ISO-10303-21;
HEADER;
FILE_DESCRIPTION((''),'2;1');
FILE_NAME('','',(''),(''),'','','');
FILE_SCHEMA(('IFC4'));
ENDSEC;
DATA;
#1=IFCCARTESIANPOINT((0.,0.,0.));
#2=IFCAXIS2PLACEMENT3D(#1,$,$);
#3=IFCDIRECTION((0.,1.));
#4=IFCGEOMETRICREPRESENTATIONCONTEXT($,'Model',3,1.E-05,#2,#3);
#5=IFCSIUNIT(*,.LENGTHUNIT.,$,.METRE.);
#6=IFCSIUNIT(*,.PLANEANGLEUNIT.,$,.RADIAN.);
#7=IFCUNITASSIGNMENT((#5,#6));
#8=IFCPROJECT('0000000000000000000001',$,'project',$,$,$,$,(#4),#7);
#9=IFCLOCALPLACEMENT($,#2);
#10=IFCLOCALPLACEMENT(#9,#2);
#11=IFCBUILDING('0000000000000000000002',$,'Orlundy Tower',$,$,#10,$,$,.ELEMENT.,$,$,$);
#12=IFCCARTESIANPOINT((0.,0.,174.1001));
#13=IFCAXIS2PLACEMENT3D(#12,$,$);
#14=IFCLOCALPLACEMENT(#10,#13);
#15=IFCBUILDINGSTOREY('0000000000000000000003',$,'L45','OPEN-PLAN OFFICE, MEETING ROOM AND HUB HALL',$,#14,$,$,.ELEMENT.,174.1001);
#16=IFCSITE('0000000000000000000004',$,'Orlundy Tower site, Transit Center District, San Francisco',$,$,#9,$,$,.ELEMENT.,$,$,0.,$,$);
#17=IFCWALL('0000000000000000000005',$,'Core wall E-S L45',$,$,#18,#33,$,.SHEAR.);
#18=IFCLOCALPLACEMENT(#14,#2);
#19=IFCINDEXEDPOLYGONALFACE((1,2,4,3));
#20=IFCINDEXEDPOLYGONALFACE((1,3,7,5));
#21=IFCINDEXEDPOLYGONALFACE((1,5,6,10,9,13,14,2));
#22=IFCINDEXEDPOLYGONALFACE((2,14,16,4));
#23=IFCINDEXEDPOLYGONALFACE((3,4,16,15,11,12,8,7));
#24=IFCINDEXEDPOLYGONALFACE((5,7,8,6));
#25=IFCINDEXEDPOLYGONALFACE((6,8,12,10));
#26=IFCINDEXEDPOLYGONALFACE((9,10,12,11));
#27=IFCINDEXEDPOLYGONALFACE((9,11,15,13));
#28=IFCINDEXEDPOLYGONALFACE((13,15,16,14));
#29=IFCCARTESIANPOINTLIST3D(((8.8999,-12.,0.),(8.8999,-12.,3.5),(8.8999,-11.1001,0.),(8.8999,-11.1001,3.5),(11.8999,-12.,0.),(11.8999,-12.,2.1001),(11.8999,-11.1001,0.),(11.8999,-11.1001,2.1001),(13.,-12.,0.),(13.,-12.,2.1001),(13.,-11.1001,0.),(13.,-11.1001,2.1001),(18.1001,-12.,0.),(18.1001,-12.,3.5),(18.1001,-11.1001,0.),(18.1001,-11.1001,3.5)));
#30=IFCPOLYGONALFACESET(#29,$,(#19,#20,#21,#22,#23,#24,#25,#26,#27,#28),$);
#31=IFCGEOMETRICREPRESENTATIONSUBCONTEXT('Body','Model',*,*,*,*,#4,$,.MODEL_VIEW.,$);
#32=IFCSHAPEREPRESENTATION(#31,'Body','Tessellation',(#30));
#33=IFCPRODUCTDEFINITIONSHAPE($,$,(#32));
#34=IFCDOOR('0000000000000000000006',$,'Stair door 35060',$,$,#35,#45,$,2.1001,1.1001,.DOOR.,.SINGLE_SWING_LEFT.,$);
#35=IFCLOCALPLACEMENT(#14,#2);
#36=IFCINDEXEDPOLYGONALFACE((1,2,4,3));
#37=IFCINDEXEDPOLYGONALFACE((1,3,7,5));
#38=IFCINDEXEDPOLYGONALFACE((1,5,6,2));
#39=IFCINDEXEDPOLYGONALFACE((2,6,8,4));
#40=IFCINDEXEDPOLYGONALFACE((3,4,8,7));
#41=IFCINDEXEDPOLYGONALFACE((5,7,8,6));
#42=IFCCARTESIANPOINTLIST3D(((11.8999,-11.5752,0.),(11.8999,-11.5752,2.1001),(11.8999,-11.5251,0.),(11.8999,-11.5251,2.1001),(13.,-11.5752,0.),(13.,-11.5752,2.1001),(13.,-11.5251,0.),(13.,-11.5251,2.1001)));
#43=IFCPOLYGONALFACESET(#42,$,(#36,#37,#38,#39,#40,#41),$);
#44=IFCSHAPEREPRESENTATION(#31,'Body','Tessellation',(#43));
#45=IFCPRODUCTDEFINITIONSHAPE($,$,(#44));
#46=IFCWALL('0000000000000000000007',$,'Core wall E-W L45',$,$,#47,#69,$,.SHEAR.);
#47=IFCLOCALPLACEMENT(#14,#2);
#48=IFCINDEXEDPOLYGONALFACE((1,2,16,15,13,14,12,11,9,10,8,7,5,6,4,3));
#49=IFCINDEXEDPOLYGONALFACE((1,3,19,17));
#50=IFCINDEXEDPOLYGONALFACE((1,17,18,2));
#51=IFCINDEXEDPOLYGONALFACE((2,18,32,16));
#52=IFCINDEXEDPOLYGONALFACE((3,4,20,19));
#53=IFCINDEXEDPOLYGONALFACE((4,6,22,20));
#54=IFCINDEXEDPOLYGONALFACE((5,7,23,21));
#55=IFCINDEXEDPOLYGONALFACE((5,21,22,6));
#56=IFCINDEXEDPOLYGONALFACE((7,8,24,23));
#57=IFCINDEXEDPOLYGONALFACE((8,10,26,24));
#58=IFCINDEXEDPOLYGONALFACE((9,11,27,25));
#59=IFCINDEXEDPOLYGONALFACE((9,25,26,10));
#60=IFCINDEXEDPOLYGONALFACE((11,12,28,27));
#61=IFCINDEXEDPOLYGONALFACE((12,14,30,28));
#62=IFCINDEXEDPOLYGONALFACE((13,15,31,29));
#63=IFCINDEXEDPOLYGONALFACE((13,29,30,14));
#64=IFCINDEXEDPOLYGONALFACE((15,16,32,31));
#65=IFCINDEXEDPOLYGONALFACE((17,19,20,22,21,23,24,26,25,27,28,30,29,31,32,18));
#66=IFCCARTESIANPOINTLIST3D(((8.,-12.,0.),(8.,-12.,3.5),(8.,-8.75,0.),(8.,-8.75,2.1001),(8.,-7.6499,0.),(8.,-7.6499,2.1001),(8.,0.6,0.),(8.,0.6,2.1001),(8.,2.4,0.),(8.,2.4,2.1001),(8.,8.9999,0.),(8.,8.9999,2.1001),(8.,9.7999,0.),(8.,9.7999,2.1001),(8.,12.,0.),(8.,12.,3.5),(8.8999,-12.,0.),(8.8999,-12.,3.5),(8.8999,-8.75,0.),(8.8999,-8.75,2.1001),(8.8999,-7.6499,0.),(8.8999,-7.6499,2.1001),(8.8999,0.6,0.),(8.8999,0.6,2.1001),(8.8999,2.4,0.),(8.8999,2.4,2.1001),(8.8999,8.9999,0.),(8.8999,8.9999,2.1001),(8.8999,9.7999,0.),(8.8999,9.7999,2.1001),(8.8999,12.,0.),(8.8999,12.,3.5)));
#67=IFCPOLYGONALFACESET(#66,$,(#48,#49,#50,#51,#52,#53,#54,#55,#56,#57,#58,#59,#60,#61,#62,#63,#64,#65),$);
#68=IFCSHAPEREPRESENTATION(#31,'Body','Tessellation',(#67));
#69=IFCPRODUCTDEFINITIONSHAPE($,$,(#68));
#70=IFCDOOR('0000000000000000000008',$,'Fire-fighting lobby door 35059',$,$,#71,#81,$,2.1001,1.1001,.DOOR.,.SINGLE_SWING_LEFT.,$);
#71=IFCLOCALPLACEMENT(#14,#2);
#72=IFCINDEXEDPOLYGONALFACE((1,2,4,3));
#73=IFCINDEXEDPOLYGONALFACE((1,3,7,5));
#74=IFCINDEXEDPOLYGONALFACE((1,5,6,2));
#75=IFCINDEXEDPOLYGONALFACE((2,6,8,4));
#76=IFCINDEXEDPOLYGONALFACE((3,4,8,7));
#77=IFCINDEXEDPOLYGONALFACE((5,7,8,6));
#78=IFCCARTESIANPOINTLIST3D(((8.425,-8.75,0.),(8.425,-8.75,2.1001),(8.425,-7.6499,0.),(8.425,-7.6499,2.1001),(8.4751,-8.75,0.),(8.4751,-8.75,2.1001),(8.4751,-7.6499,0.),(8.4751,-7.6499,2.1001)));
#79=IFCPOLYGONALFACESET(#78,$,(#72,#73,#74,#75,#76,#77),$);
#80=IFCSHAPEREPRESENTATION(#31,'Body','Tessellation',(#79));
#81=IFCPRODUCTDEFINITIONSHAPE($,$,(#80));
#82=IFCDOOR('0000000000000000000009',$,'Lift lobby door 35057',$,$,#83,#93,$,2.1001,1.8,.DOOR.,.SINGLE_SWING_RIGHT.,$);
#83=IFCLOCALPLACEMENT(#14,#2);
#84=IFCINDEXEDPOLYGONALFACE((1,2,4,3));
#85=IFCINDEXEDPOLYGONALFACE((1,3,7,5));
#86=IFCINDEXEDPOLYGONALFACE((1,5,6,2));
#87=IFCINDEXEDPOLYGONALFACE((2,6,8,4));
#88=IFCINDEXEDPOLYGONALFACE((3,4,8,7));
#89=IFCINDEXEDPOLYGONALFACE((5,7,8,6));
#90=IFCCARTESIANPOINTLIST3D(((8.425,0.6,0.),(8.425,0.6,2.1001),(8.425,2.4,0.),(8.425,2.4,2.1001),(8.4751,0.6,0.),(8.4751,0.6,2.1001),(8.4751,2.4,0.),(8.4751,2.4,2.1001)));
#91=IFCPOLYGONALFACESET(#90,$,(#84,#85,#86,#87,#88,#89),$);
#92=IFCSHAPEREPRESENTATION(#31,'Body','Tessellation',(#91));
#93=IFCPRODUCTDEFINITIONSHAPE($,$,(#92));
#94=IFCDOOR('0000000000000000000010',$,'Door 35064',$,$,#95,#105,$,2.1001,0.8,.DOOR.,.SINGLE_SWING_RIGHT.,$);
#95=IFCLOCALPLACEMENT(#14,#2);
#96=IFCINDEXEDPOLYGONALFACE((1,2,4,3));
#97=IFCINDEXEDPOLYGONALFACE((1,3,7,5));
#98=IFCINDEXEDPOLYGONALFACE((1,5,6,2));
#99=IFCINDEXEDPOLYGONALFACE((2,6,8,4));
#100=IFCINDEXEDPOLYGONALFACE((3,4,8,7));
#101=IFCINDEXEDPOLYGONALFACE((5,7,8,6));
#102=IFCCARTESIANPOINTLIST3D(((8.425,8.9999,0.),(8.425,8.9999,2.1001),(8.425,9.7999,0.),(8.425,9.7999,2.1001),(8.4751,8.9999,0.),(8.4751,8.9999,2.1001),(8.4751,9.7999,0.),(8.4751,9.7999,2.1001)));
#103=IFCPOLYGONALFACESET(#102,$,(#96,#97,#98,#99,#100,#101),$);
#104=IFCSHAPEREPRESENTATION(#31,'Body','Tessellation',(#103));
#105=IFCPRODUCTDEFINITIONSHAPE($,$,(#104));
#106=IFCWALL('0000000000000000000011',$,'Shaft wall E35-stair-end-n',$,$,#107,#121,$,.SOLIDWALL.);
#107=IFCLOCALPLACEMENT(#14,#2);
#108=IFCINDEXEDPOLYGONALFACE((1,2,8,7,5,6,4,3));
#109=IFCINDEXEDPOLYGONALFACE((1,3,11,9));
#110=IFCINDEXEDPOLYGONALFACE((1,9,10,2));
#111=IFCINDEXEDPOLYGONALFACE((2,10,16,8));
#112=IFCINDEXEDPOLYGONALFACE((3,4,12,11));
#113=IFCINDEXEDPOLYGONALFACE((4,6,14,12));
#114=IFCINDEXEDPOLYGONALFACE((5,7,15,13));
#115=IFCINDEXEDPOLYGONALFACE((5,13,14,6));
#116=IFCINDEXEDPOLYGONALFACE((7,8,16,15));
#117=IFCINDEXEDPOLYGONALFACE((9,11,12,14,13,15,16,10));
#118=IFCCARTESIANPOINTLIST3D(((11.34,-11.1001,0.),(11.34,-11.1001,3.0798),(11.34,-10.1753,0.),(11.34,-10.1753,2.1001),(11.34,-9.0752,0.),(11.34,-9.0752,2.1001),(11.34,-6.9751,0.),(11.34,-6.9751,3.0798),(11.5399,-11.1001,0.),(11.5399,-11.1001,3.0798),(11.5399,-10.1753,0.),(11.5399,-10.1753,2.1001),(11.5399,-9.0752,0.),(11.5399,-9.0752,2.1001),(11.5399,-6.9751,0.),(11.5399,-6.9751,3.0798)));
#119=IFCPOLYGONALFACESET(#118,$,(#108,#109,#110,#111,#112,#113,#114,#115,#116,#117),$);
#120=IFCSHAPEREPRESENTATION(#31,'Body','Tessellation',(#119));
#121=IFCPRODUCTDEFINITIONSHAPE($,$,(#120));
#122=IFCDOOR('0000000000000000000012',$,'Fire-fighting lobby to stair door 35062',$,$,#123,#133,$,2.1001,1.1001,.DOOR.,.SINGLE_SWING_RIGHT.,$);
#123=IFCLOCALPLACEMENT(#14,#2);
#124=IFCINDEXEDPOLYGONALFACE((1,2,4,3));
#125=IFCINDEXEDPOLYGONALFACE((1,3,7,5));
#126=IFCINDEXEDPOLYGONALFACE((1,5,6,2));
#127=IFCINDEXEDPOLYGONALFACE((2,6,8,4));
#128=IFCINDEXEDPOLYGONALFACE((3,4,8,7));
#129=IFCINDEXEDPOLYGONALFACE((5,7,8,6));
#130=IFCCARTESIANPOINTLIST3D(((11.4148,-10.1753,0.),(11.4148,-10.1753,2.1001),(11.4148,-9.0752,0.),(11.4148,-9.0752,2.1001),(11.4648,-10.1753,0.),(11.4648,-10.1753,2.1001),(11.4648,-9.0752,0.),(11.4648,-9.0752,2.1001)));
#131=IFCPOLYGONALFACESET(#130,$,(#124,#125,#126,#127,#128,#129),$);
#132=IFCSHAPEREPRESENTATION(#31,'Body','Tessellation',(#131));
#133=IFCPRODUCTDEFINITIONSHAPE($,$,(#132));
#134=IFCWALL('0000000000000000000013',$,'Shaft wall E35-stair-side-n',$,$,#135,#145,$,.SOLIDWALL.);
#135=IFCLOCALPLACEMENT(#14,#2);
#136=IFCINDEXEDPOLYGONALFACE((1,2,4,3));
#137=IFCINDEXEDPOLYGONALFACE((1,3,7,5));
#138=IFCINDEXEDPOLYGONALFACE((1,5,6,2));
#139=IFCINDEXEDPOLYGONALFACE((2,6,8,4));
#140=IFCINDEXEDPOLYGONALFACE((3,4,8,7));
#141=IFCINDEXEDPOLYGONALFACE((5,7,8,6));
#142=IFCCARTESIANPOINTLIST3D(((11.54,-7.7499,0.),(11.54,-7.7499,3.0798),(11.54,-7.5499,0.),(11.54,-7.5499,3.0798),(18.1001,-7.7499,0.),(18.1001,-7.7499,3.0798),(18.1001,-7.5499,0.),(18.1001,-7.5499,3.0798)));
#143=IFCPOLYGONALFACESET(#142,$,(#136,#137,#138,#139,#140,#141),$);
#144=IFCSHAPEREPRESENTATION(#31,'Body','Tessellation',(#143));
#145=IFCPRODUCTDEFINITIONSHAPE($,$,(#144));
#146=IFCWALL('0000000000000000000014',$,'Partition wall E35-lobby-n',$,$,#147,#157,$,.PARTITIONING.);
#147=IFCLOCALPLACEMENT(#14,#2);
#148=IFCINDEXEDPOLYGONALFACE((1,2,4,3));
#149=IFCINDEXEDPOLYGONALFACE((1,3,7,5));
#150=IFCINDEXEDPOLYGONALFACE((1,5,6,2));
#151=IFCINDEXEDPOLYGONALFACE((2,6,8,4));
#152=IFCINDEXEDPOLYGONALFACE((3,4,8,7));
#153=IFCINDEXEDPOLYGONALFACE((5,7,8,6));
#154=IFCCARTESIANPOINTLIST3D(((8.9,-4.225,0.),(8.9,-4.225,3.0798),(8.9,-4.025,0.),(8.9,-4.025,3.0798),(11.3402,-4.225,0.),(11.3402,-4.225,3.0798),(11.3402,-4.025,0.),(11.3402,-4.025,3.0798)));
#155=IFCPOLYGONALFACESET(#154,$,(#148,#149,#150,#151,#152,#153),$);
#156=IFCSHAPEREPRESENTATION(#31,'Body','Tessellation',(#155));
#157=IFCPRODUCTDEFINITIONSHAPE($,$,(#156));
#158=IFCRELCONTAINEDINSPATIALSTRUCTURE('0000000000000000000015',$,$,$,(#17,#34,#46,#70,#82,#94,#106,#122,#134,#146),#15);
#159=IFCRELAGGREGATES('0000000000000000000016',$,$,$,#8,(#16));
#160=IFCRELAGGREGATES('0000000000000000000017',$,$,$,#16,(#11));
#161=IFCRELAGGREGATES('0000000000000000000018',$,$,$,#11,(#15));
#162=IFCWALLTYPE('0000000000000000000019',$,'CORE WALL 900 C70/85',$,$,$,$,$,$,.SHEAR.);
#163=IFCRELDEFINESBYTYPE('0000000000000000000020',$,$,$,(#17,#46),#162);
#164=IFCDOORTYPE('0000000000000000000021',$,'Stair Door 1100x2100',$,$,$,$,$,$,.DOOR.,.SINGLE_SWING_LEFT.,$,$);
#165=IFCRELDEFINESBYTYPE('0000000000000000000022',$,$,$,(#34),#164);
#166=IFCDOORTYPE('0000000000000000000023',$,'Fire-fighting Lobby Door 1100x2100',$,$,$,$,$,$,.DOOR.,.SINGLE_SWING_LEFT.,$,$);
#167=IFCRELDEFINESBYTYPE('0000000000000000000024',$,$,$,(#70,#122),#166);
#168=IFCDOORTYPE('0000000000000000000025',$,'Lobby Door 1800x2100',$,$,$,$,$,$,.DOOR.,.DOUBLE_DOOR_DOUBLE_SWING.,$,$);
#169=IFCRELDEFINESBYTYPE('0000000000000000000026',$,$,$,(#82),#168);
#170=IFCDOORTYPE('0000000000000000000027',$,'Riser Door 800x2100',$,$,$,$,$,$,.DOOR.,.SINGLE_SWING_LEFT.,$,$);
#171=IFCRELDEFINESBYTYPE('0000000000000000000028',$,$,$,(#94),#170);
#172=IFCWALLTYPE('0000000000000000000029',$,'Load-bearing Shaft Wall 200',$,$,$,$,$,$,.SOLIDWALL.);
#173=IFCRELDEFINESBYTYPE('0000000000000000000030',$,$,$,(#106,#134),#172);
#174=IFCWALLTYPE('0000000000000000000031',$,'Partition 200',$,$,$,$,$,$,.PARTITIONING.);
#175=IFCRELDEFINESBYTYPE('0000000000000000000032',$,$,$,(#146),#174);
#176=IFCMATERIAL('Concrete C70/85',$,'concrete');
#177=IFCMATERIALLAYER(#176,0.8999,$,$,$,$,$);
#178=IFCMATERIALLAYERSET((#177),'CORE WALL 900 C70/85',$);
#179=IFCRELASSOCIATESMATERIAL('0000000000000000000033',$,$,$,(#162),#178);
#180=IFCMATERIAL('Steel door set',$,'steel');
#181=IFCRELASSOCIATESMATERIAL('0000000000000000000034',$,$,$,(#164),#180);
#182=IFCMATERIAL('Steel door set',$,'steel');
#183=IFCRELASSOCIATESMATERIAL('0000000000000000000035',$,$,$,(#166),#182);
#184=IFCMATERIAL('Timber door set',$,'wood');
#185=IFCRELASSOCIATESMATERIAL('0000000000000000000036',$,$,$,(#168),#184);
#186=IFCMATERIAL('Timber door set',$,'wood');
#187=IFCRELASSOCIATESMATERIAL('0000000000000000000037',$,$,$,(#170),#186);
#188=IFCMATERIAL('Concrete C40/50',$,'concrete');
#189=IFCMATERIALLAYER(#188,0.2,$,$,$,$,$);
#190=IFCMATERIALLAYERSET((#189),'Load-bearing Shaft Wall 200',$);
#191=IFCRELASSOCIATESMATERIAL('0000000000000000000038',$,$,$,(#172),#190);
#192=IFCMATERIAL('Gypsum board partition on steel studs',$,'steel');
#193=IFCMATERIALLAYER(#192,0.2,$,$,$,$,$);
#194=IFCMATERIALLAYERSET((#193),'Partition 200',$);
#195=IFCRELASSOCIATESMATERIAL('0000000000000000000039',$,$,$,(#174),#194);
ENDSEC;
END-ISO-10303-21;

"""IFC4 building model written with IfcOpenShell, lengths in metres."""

from ifc_helpers import new_model, si_unit, direction, frame, frame_2d, origin, place, context, subcontext, project, spatial, rectangle, extrude, material, layer, layer_set, type_object, element, fill, save


model = new_model("IFC4")

# Units and contexts
model_context = context("Model", 3, precision=1e-05, world=origin(), true_north=direction((0.0, 1.0)))
body_context = subcontext(model_context, "Body", "Model", "MODEL_VIEW")
ifc_project = project(units=[si_unit("LENGTHUNIT", "METRE"), si_unit("PLANEANGLEUNIT", "RADIAN")], contexts=[model_context])

# Site, building, storey
site_placement = place(None, origin())
site = spatial("IfcSite", under=ifc_project, at=site_placement, Name="Orlundy Tower site, Transit Center District, San Francisco", CompositionType="ELEMENT", RefElevation=0.0)
building_placement = place(site_placement, origin())
building = spatial("IfcBuilding", under=site, at=building_placement, Name="Orlundy Tower", CompositionType="ELEMENT")
storey_placement = place(building_placement, frame((0.0, 0.0, 174.1001)))
storey = spatial("IfcBuildingStorey", under=building, at=storey_placement, Name="L45", Description="OPEN-PLAN OFFICE, MEETING ROOM AND HUB HALL", CompositionType="ELEMENT", Elevation=174.1001)

# Wall, opening, door
ifc_material_1 = material(Name="Concrete C70/85", Category="concrete")
ifc_layer_1 = layer(ifc_material_1, 0.8999)
ifc_layer_set_1 = layer_set([ifc_layer_1], Name="CORE WALL 900 C70/85")
wall_type_1 = type_object("IfcWallType", Name="CORE WALL 900 C70/85", PredefinedType="SHEAR", material=ifc_layer_set_1)
wall_1_placement = place(storey_placement, frame((8.8999, -11.55, 0.0), z_axis=(0.0, 0.0, 1.0), x_axis=(1.0, 0.0, 0.0)))
wall_1 = element("IfcWall", 1, at=wall_1_placement, inside=storey, type_object=wall_type_1, Name="Core wall E-S L45", PredefinedType="SHEAR", context=body_context, shape_type="SweptSolid", body=[
    extrude(rectangle(XDim=9.2002, YDim=0.8999, at=frame_2d((4.6001, 0.0))), origin(), (0.0, 0.0, 1.0), 3.5),
])
opening_1_placement = place(wall_1_placement, frame((3.0, 0.0, 0.0)))
opening_1 = element("IfcOpeningElement", 2, at=opening_1_placement, cuts=wall_1, PredefinedType="OPENING", context=body_context, shape_type="SweptSolid", body=[
    extrude(rectangle(XDim=1.1001, YDim=2.1001, at=frame_2d((0.55, 1.05))), frame((0.0, 0.46, 0.0), z_axis=(0.0, -1.0, 0.0), x_axis=(1.0, 0.0, 0.0)), (0.0, 0.0, 1.0), 0.9199),
])
ifc_material_2 = material(Name="Steel door set", Category="steel")
door_type_1 = type_object("IfcDoorType", Name="Stair Door 1100x2100", OperationType="SINGLE_SWING_LEFT", PredefinedType="DOOR", material=ifc_material_2)
door_1_placement = place(opening_1_placement, origin())
door_1 = element("IfcDoor", 3, at=door_1_placement, inside=storey, type_object=door_type_1, Name="Stair door 35060", OperationType="SINGLE_SWING_LEFT", OverallHeight=2.1001, OverallWidth=1.1001, PredefinedType="DOOR", context=body_context, shape_type="SweptSolid", body=[
    extrude(rectangle(XDim=1.1001, YDim=2.1001, at=frame_2d((0.55, 1.05))), frame((0.0, 0.0249, 0.0), z_axis=(0.0, -1.0, 0.0), x_axis=(1.0, 0.0, 0.0)), (0.0, 0.0, 1.0), 0.05),
])
fill(opening_1, door_1)

# Wall, openings, doors
wall_2_placement = place(storey_placement, frame((8.45, -12.0, 0.0), z_axis=(0.0, 0.0, 1.0), x_axis=(0.0, 1.0, 0.0)))
wall_2 = element("IfcWall", 4, at=wall_2_placement, inside=storey, type_object=wall_type_1, Name="Core wall E-W L45", PredefinedType="SHEAR", context=body_context, shape_type="SweptSolid", body=[
    extrude(rectangle(XDim=24.0, YDim=0.8999, at=frame_2d((12.0, 0.0))), origin(), (0.0, 0.0, 1.0), 3.5),
])
opening_2_placement = place(wall_2_placement, frame((12.6001, 0.0, 0.0)))
opening_2 = element("IfcOpeningElement", 5, at=opening_2_placement, cuts=wall_2, PredefinedType="OPENING", context=body_context, shape_type="SweptSolid", body=[
    extrude(rectangle(XDim=1.8, YDim=2.1001, at=frame_2d((0.8999, 1.05))), frame((0.0, 0.46, 0.0), z_axis=(0.0, -1.0, 0.0), x_axis=(1.0, 0.0, 0.0)), (0.0, 0.0, 1.0), 0.9199),
])
opening_3_placement = place(wall_2_placement, frame((3.25, 0.0, 0.0)))
opening_3 = element("IfcOpeningElement", 6, at=opening_3_placement, cuts=wall_2, PredefinedType="OPENING", context=body_context, shape_type="SweptSolid", body=[
    extrude(rectangle(XDim=1.1001, YDim=2.1001, at=frame_2d((0.55, 1.05))), frame((0.0, 0.46, 0.0), z_axis=(0.0, -1.0, 0.0), x_axis=(1.0, 0.0, 0.0)), (0.0, 0.0, 1.0), 0.9199),
])
opening_4_placement = place(wall_2_placement, frame((21.0, 0.0, 0.0)))
opening_4 = element("IfcOpeningElement", 7, at=opening_4_placement, cuts=wall_2, PredefinedType="OPENING", context=body_context, shape_type="SweptSolid", body=[
    extrude(rectangle(XDim=0.8, YDim=2.1001, at=frame_2d((0.3999, 1.05))), frame((0.0, 0.46, 0.0), z_axis=(0.0, -1.0, 0.0), x_axis=(1.0, 0.0, 0.0)), (0.0, 0.0, 1.0), 0.9199),
])
ifc_material_3 = material(Name="Steel door set", Category="steel")
door_type_2 = type_object("IfcDoorType", Name="Fire-fighting Lobby Door 1100x2100", OperationType="SINGLE_SWING_LEFT", PredefinedType="DOOR", material=ifc_material_3)
door_2_placement = place(opening_3_placement, origin())
door_2 = element("IfcDoor", 8, at=door_2_placement, inside=storey, type_object=door_type_2, Name="Fire-fighting lobby door 35059", OperationType="SINGLE_SWING_LEFT", OverallHeight=2.1001, OverallWidth=1.1001, PredefinedType="DOOR", context=body_context, shape_type="SweptSolid", body=[
    extrude(rectangle(XDim=1.1001, YDim=2.1001, at=frame_2d((0.55, 1.05))), frame((0.0, 0.0249, 0.0), z_axis=(0.0, -1.0, 0.0), x_axis=(1.0, 0.0, 0.0)), (0.0, 0.0, 1.0), 0.05),
])
fill(opening_3, door_2)
ifc_material_4 = material(Name="Timber door set", Category="wood")
door_type_3 = type_object("IfcDoorType", Name="Lobby Door 1800x2100", OperationType="DOUBLE_DOOR_DOUBLE_SWING", PredefinedType="DOOR", material=ifc_material_4)
door_3_placement = place(opening_2_placement, origin())
door_3 = element("IfcDoor", 9, at=door_3_placement, inside=storey, type_object=door_type_3, Name="Lift lobby door 35057", OperationType="SINGLE_SWING_RIGHT", OverallHeight=2.1001, OverallWidth=1.8, PredefinedType="DOOR", context=body_context, shape_type="SweptSolid", body=[
    extrude(rectangle(XDim=1.8, YDim=2.1001, at=frame_2d((0.8999, 1.05))), frame((0.0, 0.0249, 0.0), z_axis=(0.0, -1.0, 0.0), x_axis=(1.0, 0.0, 0.0)), (0.0, 0.0, 1.0), 0.05),
])
fill(opening_2, door_3)
ifc_material_5 = material(Name="Timber door set", Category="wood")
door_type_4 = type_object("IfcDoorType", Name="Riser Door 800x2100", OperationType="SINGLE_SWING_LEFT", PredefinedType="DOOR", material=ifc_material_5)
door_4_placement = place(opening_4_placement, origin())
door_4 = element("IfcDoor", 10, at=door_4_placement, inside=storey, type_object=door_type_4, Name="Door 35064", OperationType="SINGLE_SWING_RIGHT", OverallHeight=2.1001, OverallWidth=0.8, PredefinedType="DOOR", context=body_context, shape_type="SweptSolid", body=[
    extrude(rectangle(XDim=0.8, YDim=2.1001, at=frame_2d((0.3999, 1.05))), frame((0.0, 0.0249, 0.0), z_axis=(0.0, -1.0, 0.0), x_axis=(1.0, 0.0, 0.0)), (0.0, 0.0, 1.0), 0.05),
])
fill(opening_4, door_4)

# Wall, opening, door
ifc_material_6 = material(Name="Concrete C40/50", Category="concrete")
ifc_layer_2 = layer(ifc_material_6, 0.2)
ifc_layer_set_2 = layer_set([ifc_layer_2], Name="Load-bearing Shaft Wall 200")
wall_type_2 = type_object("IfcWallType", Name="Load-bearing Shaft Wall 200", PredefinedType="SOLIDWALL", material=ifc_layer_set_2)
wall_3_placement = place(storey_placement, frame((11.4399, -6.9751, 0.0), z_axis=(0.0, 0.0, 1.0), x_axis=(0.0, -1.0, 0.0)))
wall_3 = element("IfcWall", 11, at=wall_3_placement, inside=storey, type_object=wall_type_2, Name="Shaft wall E35-stair-end-n", PredefinedType="SOLIDWALL", context=body_context, shape_type="SweptSolid", body=[
    extrude(rectangle(XDim=4.125, YDim=0.2, at=frame_2d((2.0625, 0.0))), origin(), (0.0, 0.0, 1.0), 3.0798),
])
opening_5_placement = place(wall_3_placement, frame((2.1001, 0.0, 0.0)))
opening_5 = element("IfcOpeningElement", 12, at=opening_5_placement, cuts=wall_3, PredefinedType="OPENING", context=body_context, shape_type="SweptSolid", body=[
    extrude(rectangle(XDim=1.1001, YDim=2.1001, at=frame_2d((0.55, 1.05))), frame((0.0, 0.1101, 0.0), z_axis=(0.0, -1.0, 0.0), x_axis=(1.0, 0.0, 0.0)), (0.0, 0.0, 1.0), 0.2202),
])
door_5_placement = place(opening_5_placement, origin())
door_5 = element("IfcDoor", 13, at=door_5_placement, inside=storey, type_object=door_type_2, Name="Fire-fighting lobby to stair door 35062", OperationType="SINGLE_SWING_RIGHT", OverallHeight=2.1001, OverallWidth=1.1001, PredefinedType="DOOR", context=body_context, shape_type="SweptSolid", body=[
    extrude(rectangle(XDim=1.1001, YDim=2.1001, at=frame_2d((0.55, 1.05))), frame((0.0, 0.0249, 0.0), z_axis=(0.0, -1.0, 0.0), x_axis=(1.0, 0.0, 0.0)), (0.0, 0.0, 1.0), 0.05),
])
fill(opening_5, door_5)

# Walls
wall_4_placement = place(storey_placement, frame((11.54, -7.6499, 0.0), z_axis=(0.0, 0.0, 1.0), x_axis=(1.0, 0.0, 0.0)))
element("IfcWall", 14, at=wall_4_placement, inside=storey, type_object=wall_type_2, Name="Shaft wall E35-stair-side-n", PredefinedType="SOLIDWALL", context=body_context, shape_type="SweptSolid", body=[
    extrude(rectangle(XDim=6.5601, YDim=0.2, at=frame_2d((3.28, 0.0))), origin(), (0.0, 0.0, 1.0), 3.0798),
])
ifc_material_7 = material(Name="Gypsum board partition on steel studs", Category="steel")
ifc_layer_3 = layer(ifc_material_7, 0.2)
ifc_layer_set_3 = layer_set([ifc_layer_3], Name="Partition 200")
wall_type_3 = type_object("IfcWallType", Name="Partition 200", PredefinedType="PARTITIONING", material=ifc_layer_set_3)
wall_5_placement = place(storey_placement, frame((8.8999, -4.125, 0.0), z_axis=(0.0, 0.0, 1.0), x_axis=(1.0, 0.0, 0.0)))
element("IfcWall", 15, at=wall_5_placement, inside=storey, type_object=wall_type_3, Name="Partition wall E35-lobby-n", PredefinedType="PARTITIONING", context=body_context, shape_type="SweptSolid", body=[
    extrude(rectangle(XDim=2.4402, YDim=0.2, at=frame_2d((1.2202, 0.0))), origin(), (0.0, 0.0, 1.0), 3.0798),
])

save(model, "model.ifc")
